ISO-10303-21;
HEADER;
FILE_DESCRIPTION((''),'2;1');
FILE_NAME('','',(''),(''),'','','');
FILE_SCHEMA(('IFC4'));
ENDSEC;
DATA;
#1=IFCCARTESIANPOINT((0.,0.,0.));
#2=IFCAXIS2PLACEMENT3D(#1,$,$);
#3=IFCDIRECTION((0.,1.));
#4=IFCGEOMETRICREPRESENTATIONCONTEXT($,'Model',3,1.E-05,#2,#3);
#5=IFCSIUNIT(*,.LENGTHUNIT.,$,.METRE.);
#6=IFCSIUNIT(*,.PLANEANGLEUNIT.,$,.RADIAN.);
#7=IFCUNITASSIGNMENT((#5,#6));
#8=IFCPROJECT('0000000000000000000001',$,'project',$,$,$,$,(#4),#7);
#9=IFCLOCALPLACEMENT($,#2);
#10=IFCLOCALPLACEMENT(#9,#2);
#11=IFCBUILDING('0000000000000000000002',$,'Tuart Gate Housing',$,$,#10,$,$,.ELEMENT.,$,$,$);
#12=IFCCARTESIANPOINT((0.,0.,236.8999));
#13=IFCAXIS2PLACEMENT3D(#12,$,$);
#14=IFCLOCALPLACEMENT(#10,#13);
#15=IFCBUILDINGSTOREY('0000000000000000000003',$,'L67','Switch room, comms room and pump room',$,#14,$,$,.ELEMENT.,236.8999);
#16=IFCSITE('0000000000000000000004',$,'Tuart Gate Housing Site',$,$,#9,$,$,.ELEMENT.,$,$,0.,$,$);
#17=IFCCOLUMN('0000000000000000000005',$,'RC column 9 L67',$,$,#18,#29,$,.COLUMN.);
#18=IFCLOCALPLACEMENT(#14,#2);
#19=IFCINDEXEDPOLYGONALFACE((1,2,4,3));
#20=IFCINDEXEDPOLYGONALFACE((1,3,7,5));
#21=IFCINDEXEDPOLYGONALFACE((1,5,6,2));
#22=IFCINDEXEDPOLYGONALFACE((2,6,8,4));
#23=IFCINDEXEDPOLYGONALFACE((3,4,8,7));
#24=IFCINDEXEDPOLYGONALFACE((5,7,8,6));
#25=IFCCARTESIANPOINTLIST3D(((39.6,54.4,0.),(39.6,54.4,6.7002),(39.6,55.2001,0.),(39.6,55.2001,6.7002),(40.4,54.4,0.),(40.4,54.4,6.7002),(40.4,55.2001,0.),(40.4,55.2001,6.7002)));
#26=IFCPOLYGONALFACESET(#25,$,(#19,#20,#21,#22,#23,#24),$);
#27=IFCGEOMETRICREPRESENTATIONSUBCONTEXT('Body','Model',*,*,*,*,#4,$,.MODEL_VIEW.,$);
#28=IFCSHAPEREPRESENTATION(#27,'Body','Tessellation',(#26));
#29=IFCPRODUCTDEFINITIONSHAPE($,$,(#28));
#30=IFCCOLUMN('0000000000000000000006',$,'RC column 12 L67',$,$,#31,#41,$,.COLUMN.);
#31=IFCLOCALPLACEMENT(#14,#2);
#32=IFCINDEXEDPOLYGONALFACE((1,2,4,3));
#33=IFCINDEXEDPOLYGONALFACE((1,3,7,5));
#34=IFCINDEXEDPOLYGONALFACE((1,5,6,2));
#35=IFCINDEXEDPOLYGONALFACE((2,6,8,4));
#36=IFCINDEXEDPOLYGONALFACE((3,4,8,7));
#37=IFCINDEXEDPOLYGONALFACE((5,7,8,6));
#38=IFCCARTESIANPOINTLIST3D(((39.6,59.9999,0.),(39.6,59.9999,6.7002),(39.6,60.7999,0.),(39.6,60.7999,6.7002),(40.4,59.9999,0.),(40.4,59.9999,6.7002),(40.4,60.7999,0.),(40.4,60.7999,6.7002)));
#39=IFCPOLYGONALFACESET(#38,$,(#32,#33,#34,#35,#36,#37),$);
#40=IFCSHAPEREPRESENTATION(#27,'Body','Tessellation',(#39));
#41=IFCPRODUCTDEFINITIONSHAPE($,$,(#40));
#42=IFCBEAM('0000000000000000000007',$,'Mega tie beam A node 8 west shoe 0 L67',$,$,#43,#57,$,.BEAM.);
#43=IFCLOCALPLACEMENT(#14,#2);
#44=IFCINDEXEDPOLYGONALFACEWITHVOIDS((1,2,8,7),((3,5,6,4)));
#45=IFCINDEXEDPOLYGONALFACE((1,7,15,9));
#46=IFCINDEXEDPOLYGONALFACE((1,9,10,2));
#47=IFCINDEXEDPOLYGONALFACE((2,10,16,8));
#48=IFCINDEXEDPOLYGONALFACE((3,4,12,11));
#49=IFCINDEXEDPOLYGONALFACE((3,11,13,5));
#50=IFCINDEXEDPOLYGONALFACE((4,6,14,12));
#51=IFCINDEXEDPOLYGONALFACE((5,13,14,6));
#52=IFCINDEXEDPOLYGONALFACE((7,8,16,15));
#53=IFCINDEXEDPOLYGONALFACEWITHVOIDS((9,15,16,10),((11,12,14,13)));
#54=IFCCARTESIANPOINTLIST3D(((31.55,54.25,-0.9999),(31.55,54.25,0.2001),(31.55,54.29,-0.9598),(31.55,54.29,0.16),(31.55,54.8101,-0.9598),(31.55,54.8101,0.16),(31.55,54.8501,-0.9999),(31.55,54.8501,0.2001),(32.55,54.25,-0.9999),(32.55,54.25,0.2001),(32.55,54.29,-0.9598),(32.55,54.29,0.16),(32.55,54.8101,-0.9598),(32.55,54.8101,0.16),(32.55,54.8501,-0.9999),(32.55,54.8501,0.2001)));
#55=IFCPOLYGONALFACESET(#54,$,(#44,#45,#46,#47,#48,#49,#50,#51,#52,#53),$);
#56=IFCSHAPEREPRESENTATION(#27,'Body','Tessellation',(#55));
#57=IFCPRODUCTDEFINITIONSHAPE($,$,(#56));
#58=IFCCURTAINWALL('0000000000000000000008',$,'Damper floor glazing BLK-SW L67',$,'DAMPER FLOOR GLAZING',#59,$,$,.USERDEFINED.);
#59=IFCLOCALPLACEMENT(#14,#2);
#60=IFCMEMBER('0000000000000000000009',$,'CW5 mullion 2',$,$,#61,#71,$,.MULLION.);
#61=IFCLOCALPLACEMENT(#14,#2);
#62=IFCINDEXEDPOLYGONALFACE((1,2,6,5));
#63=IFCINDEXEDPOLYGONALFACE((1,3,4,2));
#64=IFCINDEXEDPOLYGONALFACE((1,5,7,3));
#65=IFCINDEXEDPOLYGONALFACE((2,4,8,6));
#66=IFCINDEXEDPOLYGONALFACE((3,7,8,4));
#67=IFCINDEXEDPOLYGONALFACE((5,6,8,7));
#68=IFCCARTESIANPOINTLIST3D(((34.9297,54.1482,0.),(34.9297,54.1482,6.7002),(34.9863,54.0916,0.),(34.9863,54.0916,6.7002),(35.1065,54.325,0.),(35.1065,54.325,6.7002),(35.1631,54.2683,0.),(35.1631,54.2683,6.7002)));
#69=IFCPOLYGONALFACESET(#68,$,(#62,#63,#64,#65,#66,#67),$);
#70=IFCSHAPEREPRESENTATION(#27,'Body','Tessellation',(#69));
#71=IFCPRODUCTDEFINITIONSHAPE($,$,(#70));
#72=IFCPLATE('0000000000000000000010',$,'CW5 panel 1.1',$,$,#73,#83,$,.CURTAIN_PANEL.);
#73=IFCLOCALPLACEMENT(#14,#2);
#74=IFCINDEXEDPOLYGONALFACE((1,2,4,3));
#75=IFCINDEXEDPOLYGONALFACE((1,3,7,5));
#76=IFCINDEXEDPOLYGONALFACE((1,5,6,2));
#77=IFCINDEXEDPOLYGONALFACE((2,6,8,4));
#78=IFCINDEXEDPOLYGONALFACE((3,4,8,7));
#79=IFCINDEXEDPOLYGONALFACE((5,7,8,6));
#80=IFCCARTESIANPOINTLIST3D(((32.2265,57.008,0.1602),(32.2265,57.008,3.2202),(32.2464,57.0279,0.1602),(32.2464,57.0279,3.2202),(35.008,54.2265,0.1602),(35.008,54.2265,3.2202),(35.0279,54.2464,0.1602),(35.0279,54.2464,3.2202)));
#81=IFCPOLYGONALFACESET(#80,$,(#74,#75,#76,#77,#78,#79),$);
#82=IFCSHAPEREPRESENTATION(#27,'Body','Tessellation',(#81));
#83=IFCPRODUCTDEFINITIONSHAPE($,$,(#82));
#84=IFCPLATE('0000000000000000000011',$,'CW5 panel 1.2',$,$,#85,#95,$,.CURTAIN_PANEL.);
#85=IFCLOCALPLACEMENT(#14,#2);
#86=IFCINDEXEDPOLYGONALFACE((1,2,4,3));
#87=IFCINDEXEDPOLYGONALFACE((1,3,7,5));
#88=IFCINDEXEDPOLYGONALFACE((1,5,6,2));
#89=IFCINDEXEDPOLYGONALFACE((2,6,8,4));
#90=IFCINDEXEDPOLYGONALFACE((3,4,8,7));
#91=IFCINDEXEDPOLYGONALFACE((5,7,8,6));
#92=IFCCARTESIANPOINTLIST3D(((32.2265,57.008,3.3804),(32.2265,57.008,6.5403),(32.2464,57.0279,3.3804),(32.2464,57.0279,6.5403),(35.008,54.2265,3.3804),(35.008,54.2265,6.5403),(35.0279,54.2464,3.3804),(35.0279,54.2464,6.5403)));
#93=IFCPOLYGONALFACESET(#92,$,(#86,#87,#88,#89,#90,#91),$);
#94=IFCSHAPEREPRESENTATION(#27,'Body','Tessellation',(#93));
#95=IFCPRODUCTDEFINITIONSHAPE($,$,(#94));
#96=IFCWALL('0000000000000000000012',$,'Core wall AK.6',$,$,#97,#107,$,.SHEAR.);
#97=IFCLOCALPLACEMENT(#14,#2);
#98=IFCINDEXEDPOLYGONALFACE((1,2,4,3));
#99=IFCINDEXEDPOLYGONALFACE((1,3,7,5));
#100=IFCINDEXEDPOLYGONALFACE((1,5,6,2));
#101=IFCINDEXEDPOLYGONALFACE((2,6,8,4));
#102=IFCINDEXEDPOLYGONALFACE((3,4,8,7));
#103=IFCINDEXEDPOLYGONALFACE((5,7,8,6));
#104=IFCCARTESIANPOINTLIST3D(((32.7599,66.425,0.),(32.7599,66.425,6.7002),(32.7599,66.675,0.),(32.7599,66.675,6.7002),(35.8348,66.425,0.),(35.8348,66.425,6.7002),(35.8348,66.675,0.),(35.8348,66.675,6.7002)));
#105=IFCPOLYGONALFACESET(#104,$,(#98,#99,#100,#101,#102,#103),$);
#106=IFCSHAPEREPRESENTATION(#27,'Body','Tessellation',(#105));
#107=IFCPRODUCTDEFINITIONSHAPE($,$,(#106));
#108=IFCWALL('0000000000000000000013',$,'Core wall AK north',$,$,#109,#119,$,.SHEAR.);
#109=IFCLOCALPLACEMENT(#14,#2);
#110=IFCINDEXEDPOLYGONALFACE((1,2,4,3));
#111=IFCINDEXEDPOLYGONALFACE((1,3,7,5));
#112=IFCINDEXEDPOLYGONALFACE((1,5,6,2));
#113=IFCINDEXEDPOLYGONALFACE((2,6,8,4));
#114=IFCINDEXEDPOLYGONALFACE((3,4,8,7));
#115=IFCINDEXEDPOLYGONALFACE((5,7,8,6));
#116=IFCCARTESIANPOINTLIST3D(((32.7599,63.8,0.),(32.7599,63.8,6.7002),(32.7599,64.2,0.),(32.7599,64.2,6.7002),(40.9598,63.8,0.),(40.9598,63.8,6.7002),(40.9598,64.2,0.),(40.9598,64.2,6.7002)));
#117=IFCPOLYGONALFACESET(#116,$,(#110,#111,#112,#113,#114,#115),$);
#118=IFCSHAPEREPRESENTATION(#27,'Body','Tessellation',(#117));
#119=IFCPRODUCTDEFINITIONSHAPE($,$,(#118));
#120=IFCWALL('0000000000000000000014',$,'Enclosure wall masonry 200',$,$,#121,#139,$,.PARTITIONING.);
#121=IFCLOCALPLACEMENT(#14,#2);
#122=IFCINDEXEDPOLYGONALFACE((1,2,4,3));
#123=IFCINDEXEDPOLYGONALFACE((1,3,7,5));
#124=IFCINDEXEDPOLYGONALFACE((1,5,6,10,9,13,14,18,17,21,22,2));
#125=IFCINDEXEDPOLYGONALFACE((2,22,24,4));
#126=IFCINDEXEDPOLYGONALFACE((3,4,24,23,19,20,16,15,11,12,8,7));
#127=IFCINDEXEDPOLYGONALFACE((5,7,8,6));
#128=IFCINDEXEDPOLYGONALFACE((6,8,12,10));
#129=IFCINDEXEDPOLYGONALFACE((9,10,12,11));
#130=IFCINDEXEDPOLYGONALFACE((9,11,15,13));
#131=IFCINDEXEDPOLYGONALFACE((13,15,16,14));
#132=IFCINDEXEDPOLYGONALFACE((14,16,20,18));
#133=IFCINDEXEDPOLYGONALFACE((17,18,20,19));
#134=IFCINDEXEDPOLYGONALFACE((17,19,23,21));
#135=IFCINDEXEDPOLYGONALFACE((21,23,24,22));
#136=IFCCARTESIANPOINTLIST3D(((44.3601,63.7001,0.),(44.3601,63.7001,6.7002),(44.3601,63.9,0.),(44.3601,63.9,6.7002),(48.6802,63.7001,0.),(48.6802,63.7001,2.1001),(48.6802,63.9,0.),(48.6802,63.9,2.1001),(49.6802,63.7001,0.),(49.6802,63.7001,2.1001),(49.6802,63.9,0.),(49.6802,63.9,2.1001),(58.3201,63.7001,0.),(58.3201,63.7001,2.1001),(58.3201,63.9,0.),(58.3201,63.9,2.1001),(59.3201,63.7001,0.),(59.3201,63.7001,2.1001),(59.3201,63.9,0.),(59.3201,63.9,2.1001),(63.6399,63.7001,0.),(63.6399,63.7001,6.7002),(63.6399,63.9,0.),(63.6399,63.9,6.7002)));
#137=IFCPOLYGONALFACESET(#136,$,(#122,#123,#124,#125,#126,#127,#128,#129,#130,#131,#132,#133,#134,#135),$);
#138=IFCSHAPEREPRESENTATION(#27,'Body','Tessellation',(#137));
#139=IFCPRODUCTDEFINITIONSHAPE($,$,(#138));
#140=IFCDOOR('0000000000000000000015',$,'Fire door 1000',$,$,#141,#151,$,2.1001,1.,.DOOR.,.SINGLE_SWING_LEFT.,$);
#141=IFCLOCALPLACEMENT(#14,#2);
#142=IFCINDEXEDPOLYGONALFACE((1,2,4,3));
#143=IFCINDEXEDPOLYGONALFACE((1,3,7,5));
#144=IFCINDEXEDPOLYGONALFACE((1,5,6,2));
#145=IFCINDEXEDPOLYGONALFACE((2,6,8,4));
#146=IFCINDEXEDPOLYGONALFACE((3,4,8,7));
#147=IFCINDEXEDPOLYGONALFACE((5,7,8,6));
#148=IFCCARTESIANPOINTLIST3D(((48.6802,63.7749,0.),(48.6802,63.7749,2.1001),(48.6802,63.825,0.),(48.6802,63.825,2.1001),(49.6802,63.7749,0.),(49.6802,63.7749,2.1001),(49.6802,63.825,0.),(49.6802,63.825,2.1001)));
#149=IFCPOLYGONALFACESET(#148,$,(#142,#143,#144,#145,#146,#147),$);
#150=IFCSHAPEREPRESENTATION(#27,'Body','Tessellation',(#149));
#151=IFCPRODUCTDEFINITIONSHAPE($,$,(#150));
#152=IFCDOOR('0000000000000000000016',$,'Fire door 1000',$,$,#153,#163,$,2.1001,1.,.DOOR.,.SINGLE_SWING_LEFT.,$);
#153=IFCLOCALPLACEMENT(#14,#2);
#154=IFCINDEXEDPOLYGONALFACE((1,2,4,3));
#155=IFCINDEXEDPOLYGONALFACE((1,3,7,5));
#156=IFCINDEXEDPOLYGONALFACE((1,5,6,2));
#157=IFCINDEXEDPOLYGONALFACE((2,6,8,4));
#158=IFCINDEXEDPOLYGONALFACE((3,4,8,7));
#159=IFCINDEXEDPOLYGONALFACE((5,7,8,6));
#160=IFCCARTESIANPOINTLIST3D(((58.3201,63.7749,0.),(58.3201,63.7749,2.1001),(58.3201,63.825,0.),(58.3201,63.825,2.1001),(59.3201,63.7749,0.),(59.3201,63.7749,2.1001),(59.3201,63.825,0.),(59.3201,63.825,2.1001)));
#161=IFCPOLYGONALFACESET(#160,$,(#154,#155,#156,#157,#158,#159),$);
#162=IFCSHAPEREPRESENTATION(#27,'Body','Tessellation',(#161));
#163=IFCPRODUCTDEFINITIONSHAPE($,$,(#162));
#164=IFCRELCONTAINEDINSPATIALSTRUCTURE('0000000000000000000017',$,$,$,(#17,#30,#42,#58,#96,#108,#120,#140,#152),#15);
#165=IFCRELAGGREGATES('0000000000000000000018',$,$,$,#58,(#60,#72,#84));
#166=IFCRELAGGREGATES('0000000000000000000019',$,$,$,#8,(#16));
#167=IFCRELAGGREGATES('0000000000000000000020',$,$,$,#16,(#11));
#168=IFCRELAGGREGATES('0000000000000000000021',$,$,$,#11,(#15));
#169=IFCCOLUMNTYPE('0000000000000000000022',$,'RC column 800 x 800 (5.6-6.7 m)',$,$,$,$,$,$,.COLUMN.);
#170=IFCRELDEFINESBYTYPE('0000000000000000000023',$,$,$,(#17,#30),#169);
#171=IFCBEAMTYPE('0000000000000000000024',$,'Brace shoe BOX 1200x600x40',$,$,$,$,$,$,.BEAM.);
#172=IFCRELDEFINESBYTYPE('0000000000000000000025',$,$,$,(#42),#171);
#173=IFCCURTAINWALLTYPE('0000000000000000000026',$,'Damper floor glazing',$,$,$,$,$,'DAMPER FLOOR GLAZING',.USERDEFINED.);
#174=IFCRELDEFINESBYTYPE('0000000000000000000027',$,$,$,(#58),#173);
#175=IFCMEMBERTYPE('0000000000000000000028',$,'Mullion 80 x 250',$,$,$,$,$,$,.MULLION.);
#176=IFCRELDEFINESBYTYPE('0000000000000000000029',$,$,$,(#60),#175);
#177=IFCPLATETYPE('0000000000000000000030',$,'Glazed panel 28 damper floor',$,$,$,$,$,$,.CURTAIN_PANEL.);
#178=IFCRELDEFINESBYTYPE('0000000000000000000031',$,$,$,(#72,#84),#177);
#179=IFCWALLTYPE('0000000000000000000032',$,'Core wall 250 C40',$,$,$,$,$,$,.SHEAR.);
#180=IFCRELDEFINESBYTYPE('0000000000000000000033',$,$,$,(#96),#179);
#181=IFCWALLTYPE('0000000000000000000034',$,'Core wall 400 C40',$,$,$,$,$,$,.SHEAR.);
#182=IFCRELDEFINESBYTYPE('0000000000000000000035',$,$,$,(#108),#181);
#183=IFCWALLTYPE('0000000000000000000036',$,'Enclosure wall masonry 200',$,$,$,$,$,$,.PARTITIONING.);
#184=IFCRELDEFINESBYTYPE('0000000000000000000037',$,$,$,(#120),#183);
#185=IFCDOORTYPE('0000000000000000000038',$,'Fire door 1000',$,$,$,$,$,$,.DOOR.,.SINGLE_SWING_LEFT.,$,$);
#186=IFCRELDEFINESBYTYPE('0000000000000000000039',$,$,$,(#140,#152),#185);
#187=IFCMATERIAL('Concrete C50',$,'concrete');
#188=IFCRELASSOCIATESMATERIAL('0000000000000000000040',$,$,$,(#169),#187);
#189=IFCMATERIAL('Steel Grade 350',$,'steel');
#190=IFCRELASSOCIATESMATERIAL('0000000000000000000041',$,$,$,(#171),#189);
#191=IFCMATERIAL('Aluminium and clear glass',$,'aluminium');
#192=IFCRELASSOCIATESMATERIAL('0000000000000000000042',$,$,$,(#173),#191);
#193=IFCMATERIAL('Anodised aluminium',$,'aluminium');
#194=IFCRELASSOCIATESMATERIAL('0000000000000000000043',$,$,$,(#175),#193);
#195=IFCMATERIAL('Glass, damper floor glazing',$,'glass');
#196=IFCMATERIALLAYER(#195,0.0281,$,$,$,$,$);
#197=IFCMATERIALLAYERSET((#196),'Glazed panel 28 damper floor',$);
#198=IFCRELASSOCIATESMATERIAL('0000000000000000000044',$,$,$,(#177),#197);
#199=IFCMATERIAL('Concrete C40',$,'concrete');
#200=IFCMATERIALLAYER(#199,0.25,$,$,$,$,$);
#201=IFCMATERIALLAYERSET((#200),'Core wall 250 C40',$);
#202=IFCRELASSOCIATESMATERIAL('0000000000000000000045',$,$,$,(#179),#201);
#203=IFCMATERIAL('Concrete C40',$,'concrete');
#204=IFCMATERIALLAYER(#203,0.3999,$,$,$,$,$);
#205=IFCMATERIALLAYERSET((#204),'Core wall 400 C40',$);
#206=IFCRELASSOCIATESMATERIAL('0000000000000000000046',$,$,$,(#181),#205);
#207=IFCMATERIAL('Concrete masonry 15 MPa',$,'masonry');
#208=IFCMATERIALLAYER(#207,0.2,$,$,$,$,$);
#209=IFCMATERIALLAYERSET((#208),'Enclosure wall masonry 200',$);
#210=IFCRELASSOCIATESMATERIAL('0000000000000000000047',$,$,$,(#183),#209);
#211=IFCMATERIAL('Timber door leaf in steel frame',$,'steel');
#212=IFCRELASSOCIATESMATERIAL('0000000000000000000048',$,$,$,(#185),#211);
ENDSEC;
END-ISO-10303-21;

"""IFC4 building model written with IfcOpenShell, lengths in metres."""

from ifc_helpers import new_model, si_unit, direction, frame, frame_2d, origin, origin_2d, place, context, subcontext, project, spatial, rectangle, hollow_rectangle, extrude, material, layer, layer_set, material_profile, profile_set, type_object, element, fill, aggregate, save


model = new_model("IFC4")

# Units and contexts
model_context = context("Model", 3, precision=1e-05, world=origin(), true_north=direction((0.0, 1.0)))
body_context = subcontext(model_context, "Body", "Model", "MODEL_VIEW")
ifc_project = project(units=[si_unit("LENGTHUNIT", "METRE"), si_unit("PLANEANGLEUNIT", "RADIAN")], contexts=[model_context])

# Site, building, storey
site_placement = place(None, origin())
site = spatial("IfcSite", under=ifc_project, at=site_placement, Name="Tuart Gate Housing Site", CompositionType="ELEMENT", RefElevation=0.0)
building_placement = place(site_placement, origin())
building = spatial("IfcBuilding", under=site, at=building_placement, Name="Tuart Gate Housing", CompositionType="ELEMENT")
storey_placement = place(building_placement, frame((0.0, 0.0, 236.8999)))
storey = spatial("IfcBuildingStorey", under=building, at=storey_placement, Name="L67", Description="Switch room, comms room and pump room", CompositionType="ELEMENT", Elevation=236.8999)

# Columns
ifc_material_1 = material(Name="Concrete C50", Category="concrete")
ifc_material_profile_1 = material_profile(ifc_material_1, rectangle(XDim=0.8, YDim=0.8, at=origin_2d()), Name="RC column 800 x 800 (5.6-6.7 m)")
ifc_profile_set_1 = profile_set([ifc_material_profile_1], Name="Concrete C50")
column_type = type_object("IfcColumnType", Name="RC column 800 x 800 (5.6-6.7 m)", PredefinedType="COLUMN", material=ifc_profile_set_1)
for number, where, z_axis, x_axis, name in (
    (1, (40.0, 54.8, 0.0), (0.0, 0.0, 1.0), (1.0, 0.0, 0.0), "RC column 9 L67"),
    (2, (40.0, 60.3999, 0.0), (0.0, 0.0, 1.0), (1.0, 0.0, 0.0), "RC column 12 L67"),
):
    element("IfcColumn", number, at=place(storey_placement, frame(where, z_axis=z_axis, x_axis=x_axis)), inside=storey, type_object=column_type, Name=name, PredefinedType="COLUMN", context=body_context, shape_type="SweptSolid", body=[
        extrude(rectangle(XDim=0.8, YDim=0.8, at=origin_2d()), origin(), (0.0, 0.0, 1.0), 6.7002),
    ])

# Beam
ifc_material_2 = material(Name="Steel Grade 350", Category="steel")
ifc_material_profile_2 = material_profile(ifc_material_2, hollow_rectangle(XDim=0.6001, YDim=1.2, WallThickness=0.04, at=origin_2d()), Name="BOX 1200x600x40")
ifc_profile_set_2 = profile_set([ifc_material_profile_2], Name="Steel Grade 350")
beam_type = type_object("IfcBeamType", Name="Brace shoe BOX 1200x600x40", PredefinedType="BEAM", material=ifc_profile_set_2)
beam_placement = place(storey_placement, frame((32.55, 54.55, -0.3999), z_axis=(-1.0, 0.0, 0.0), x_axis=(0.0, -1.0, 0.0)))
element("IfcBeam", 3, at=beam_placement, inside=storey, type_object=beam_type, Name="Mega tie beam A node 8 west shoe 0 L67", PredefinedType="BEAM", context=body_context, shape_type="SweptSolid", body=[
    extrude(hollow_rectangle(XDim=0.6001, YDim=1.2, WallThickness=0.04, at=origin_2d()), origin(), (0.0, 0.0, 1.0), 1.0),
])

# Curtain wall, member, plates
ifc_material_3 = material(Name="Aluminium and clear glass", Category="aluminium")
curtain_wall_type = type_object("IfcCurtainWallType", Name="Damper floor glazing", ElementType="DAMPER FLOOR GLAZING", PredefinedType="USERDEFINED", material=ifc_material_3)
curtain_wall_placement = place(storey_placement, origin())
curtain_wall = element("IfcCurtainWall", 4, at=curtain_wall_placement, inside=storey, type_object=curtain_wall_type, Name="Damper floor glazing BLK-SW L67", ObjectType="DAMPER FLOOR GLAZING", PredefinedType="USERDEFINED")
ifc_material_4 = material(Name="Anodised aluminium", Category="aluminium")
ifc_material_profile_3 = material_profile(ifc_material_4, rectangle(XDim=0.0801, YDim=0.25, at=origin_2d()), Name="80x250")
ifc_profile_set_3 = profile_set([ifc_material_profile_3], Name="Anodised aluminium")
member_type = type_object("IfcMemberType", Name="Mullion 80 x 250", PredefinedType="MULLION", material=ifc_profile_set_3)
member_placement = place(storey_placement, frame((35.0464, 54.2083, 0.0), z_axis=(0.0, 0.0, 1.0), x_axis=(0.707107, -0.707107, 0.0)))
member = element("IfcMember", 5, at=member_placement, type_object=member_type, Name="CW5 mullion 2", PredefinedType="MULLION", context=body_context, shape_type="SweptSolid", body=[
    extrude(rectangle(XDim=0.0801, YDim=0.25, at=origin_2d()), origin(), (0.0, 0.0, 1.0), 6.7002),
])
ifc_material_5 = material(Name="Glass, damper floor glazing", Category="glass")
ifc_layer_1 = layer(ifc_material_5, 0.0281)
ifc_layer_set_1 = layer_set([ifc_layer_1], Name="Glazed panel 28 damper floor")
plate_type = type_object("IfcPlateType", Name="Glazed panel 28 damper floor", PredefinedType="CURTAIN_PANEL", material=ifc_layer_set_1)
plate_1_placement = place(storey_placement, frame((33.6272, 55.6272, 0.1602), z_axis=(0.0, 0.0, 1.0), x_axis=(0.707107, -0.707107, 0.0)))
plate_1 = element("IfcPlate", 6, at=plate_1_placement, type_object=plate_type, Name="CW5 panel 1.1", PredefinedType="CURTAIN_PANEL", context=body_context, shape_type="SweptSolid", body=[
    extrude(rectangle(XDim=3.9336, YDim=0.0281, at=origin_2d()), origin(), (0.0, 0.0, 1.0), 3.0601),
])
plate_2_placement = place(storey_placement, frame((33.6272, 55.6272, 3.3804), z_axis=(0.0, 0.0, 1.0), x_axis=(0.707107, -0.707107, 0.0)))
plate_2 = element("IfcPlate", 7, at=plate_2_placement, type_object=plate_type, Name="CW5 panel 1.2", PredefinedType="CURTAIN_PANEL", context=body_context, shape_type="SweptSolid", body=[
    extrude(rectangle(XDim=3.9336, YDim=0.0281, at=origin_2d()), origin(), (0.0, 0.0, 1.0), 3.1599),
])
aggregate(curtain_wall, [member, plate_1, plate_2])

# Walls
ifc_material_6 = material(Name="Concrete C40", Category="concrete")
ifc_layer_2 = layer(ifc_material_6, 0.25)
ifc_layer_set_2 = layer_set([ifc_layer_2], Name="Core wall 250 C40")
wall_type_1 = type_object("IfcWallType", Name="Core wall 250 C40", PredefinedType="SHEAR", material=ifc_layer_set_2)
wall_1_placement = place(storey_placement, frame((35.835, 66.55, 0.0), z_axis=(0.0, 0.0, 1.0), x_axis=(-1.0, 0.0, 0.0)))
element("IfcWall", 8, at=wall_1_placement, inside=storey, type_object=wall_type_1, Name="Core wall AK.6", PredefinedType="SHEAR", context=body_context, shape_type="SweptSolid", body=[
    extrude(rectangle(XDim=3.075, YDim=0.25, at=frame_2d((1.5376, 0.0))), origin(), (0.0, 0.0, 1.0), 6.7002),
])
ifc_material_7 = material(Name="Concrete C40", Category="concrete")
ifc_layer_3 = layer(ifc_material_7, 0.3999)
ifc_layer_set_3 = layer_set([ifc_layer_3], Name="Core wall 400 C40")
wall_type_2 = type_object("IfcWallType", Name="Core wall 400 C40", PredefinedType="SHEAR", material=ifc_layer_set_3)
wall_2_placement = place(storey_placement, frame((40.96, 64.0, 0.0), z_axis=(0.0, 0.0, 1.0), x_axis=(-1.0, 0.0, 0.0)))
element("IfcWall", 9, at=wall_2_placement, inside=storey, type_object=wall_type_2, Name="Core wall AK north", PredefinedType="SHEAR", context=body_context, shape_type="SweptSolid", body=[
    extrude(rectangle(XDim=8.2, YDim=0.3999, at=frame_2d((4.1001, 0.0))), origin(), (0.0, 0.0, 1.0), 6.7002),
])

# Wall, openings, doors
ifc_material_8 = material(Name="Concrete masonry 15 MPa", Category="masonry")
ifc_layer_4 = layer(ifc_material_8, 0.2)
ifc_layer_set_4 = layer_set([ifc_layer_4], Name="Enclosure wall masonry 200")
wall_type_3 = type_object("IfcWallType", Name="Enclosure wall masonry 200", PredefinedType="PARTITIONING", material=ifc_layer_set_4)
wall_3_placement = place(storey_placement, frame((44.3601, 63.8, 0.0), z_axis=(0.0, 0.0, 1.0), x_axis=(1.0, 0.0, 0.0)))
wall_3 = element("IfcWall", 10, at=wall_3_placement, inside=storey, type_object=wall_type_3, Name="Enclosure wall masonry 200", PredefinedType="PARTITIONING", context=body_context, shape_type="SweptSolid", body=[
    extrude(rectangle(XDim=19.2798, YDim=0.2, at=frame_2d((9.6399, 0.0))), origin(), (0.0, 0.0, 1.0), 6.7002),
])
opening_1_placement = place(wall_3_placement, frame((4.3201, 0.0, 0.0)))
opening_1 = element("IfcOpeningElement", 11, at=opening_1_placement, cuts=wall_3, PredefinedType="OPENING", context=body_context, shape_type="SweptSolid", body=[
    extrude(rectangle(XDim=1.0, YDim=2.1001, at=frame_2d((0.5, 1.05))), frame((0.0, 0.1099, 0.0), z_axis=(0.0, -1.0, 0.0), x_axis=(1.0, 0.0, 0.0)), (0.0, 0.0, 1.0), 0.22),
])
opening_2_placement = place(wall_3_placement, frame((13.96, 0.0, 0.0)))
opening_2 = element("IfcOpeningElement", 12, at=opening_2_placement, cuts=wall_3, PredefinedType="OPENING", context=body_context, shape_type="SweptSolid", body=[
    extrude(rectangle(XDim=1.0, YDim=2.1001, at=frame_2d((0.5, 1.05))), frame((0.0, 0.1099, 0.0), z_axis=(0.0, -1.0, 0.0), x_axis=(1.0, 0.0, 0.0)), (0.0, 0.0, 1.0), 0.22),
])
ifc_material_9 = material(Name="Timber door leaf in steel frame", Category="steel")
door_type_1 = type_object("IfcDoorType", Name="Fire door 1000", OperationType="SINGLE_SWING_LEFT", PredefinedType="DOOR", material=ifc_material_9)
door_1_placement = place(opening_1_placement, origin())
door_1 = element("IfcDoor", 13, at=door_1_placement, inside=storey, type_object=door_type_1, Name="Fire door 1000", OperationType="SINGLE_SWING_LEFT", OverallHeight=2.1001, OverallWidth=1.0, PredefinedType="DOOR", context=body_context, shape_type="SweptSolid", body=[
    extrude(rectangle(XDim=1.0, YDim=2.1001, at=frame_2d((0.5, 1.05))), frame((0.0, 0.0249, 0.0), z_axis=(0.0, -1.0, 0.0), x_axis=(1.0, 0.0, 0.0)), (0.0, 0.0, 1.0), 0.05),
])
fill(opening_1, door_1)
door_2_placement = place(opening_2_placement, origin())
door_2 = element("IfcDoor", 14, at=door_2_placement, inside=storey, type_object=door_type_1, Name="Fire door 1000", OperationType="SINGLE_SWING_LEFT", OverallHeight=2.1001, OverallWidth=1.0, PredefinedType="DOOR", context=body_context, shape_type="SweptSolid", body=[
    extrude(rectangle(XDim=1.0, YDim=2.1001, at=frame_2d((0.5, 1.05))), frame((0.0, 0.0249, 0.0), z_axis=(0.0, -1.0, 0.0), x_axis=(1.0, 0.0, 0.0)), (0.0, 0.0, 1.0), 0.05),
])
fill(opening_2, door_2)

save(model, "model.ifc")
